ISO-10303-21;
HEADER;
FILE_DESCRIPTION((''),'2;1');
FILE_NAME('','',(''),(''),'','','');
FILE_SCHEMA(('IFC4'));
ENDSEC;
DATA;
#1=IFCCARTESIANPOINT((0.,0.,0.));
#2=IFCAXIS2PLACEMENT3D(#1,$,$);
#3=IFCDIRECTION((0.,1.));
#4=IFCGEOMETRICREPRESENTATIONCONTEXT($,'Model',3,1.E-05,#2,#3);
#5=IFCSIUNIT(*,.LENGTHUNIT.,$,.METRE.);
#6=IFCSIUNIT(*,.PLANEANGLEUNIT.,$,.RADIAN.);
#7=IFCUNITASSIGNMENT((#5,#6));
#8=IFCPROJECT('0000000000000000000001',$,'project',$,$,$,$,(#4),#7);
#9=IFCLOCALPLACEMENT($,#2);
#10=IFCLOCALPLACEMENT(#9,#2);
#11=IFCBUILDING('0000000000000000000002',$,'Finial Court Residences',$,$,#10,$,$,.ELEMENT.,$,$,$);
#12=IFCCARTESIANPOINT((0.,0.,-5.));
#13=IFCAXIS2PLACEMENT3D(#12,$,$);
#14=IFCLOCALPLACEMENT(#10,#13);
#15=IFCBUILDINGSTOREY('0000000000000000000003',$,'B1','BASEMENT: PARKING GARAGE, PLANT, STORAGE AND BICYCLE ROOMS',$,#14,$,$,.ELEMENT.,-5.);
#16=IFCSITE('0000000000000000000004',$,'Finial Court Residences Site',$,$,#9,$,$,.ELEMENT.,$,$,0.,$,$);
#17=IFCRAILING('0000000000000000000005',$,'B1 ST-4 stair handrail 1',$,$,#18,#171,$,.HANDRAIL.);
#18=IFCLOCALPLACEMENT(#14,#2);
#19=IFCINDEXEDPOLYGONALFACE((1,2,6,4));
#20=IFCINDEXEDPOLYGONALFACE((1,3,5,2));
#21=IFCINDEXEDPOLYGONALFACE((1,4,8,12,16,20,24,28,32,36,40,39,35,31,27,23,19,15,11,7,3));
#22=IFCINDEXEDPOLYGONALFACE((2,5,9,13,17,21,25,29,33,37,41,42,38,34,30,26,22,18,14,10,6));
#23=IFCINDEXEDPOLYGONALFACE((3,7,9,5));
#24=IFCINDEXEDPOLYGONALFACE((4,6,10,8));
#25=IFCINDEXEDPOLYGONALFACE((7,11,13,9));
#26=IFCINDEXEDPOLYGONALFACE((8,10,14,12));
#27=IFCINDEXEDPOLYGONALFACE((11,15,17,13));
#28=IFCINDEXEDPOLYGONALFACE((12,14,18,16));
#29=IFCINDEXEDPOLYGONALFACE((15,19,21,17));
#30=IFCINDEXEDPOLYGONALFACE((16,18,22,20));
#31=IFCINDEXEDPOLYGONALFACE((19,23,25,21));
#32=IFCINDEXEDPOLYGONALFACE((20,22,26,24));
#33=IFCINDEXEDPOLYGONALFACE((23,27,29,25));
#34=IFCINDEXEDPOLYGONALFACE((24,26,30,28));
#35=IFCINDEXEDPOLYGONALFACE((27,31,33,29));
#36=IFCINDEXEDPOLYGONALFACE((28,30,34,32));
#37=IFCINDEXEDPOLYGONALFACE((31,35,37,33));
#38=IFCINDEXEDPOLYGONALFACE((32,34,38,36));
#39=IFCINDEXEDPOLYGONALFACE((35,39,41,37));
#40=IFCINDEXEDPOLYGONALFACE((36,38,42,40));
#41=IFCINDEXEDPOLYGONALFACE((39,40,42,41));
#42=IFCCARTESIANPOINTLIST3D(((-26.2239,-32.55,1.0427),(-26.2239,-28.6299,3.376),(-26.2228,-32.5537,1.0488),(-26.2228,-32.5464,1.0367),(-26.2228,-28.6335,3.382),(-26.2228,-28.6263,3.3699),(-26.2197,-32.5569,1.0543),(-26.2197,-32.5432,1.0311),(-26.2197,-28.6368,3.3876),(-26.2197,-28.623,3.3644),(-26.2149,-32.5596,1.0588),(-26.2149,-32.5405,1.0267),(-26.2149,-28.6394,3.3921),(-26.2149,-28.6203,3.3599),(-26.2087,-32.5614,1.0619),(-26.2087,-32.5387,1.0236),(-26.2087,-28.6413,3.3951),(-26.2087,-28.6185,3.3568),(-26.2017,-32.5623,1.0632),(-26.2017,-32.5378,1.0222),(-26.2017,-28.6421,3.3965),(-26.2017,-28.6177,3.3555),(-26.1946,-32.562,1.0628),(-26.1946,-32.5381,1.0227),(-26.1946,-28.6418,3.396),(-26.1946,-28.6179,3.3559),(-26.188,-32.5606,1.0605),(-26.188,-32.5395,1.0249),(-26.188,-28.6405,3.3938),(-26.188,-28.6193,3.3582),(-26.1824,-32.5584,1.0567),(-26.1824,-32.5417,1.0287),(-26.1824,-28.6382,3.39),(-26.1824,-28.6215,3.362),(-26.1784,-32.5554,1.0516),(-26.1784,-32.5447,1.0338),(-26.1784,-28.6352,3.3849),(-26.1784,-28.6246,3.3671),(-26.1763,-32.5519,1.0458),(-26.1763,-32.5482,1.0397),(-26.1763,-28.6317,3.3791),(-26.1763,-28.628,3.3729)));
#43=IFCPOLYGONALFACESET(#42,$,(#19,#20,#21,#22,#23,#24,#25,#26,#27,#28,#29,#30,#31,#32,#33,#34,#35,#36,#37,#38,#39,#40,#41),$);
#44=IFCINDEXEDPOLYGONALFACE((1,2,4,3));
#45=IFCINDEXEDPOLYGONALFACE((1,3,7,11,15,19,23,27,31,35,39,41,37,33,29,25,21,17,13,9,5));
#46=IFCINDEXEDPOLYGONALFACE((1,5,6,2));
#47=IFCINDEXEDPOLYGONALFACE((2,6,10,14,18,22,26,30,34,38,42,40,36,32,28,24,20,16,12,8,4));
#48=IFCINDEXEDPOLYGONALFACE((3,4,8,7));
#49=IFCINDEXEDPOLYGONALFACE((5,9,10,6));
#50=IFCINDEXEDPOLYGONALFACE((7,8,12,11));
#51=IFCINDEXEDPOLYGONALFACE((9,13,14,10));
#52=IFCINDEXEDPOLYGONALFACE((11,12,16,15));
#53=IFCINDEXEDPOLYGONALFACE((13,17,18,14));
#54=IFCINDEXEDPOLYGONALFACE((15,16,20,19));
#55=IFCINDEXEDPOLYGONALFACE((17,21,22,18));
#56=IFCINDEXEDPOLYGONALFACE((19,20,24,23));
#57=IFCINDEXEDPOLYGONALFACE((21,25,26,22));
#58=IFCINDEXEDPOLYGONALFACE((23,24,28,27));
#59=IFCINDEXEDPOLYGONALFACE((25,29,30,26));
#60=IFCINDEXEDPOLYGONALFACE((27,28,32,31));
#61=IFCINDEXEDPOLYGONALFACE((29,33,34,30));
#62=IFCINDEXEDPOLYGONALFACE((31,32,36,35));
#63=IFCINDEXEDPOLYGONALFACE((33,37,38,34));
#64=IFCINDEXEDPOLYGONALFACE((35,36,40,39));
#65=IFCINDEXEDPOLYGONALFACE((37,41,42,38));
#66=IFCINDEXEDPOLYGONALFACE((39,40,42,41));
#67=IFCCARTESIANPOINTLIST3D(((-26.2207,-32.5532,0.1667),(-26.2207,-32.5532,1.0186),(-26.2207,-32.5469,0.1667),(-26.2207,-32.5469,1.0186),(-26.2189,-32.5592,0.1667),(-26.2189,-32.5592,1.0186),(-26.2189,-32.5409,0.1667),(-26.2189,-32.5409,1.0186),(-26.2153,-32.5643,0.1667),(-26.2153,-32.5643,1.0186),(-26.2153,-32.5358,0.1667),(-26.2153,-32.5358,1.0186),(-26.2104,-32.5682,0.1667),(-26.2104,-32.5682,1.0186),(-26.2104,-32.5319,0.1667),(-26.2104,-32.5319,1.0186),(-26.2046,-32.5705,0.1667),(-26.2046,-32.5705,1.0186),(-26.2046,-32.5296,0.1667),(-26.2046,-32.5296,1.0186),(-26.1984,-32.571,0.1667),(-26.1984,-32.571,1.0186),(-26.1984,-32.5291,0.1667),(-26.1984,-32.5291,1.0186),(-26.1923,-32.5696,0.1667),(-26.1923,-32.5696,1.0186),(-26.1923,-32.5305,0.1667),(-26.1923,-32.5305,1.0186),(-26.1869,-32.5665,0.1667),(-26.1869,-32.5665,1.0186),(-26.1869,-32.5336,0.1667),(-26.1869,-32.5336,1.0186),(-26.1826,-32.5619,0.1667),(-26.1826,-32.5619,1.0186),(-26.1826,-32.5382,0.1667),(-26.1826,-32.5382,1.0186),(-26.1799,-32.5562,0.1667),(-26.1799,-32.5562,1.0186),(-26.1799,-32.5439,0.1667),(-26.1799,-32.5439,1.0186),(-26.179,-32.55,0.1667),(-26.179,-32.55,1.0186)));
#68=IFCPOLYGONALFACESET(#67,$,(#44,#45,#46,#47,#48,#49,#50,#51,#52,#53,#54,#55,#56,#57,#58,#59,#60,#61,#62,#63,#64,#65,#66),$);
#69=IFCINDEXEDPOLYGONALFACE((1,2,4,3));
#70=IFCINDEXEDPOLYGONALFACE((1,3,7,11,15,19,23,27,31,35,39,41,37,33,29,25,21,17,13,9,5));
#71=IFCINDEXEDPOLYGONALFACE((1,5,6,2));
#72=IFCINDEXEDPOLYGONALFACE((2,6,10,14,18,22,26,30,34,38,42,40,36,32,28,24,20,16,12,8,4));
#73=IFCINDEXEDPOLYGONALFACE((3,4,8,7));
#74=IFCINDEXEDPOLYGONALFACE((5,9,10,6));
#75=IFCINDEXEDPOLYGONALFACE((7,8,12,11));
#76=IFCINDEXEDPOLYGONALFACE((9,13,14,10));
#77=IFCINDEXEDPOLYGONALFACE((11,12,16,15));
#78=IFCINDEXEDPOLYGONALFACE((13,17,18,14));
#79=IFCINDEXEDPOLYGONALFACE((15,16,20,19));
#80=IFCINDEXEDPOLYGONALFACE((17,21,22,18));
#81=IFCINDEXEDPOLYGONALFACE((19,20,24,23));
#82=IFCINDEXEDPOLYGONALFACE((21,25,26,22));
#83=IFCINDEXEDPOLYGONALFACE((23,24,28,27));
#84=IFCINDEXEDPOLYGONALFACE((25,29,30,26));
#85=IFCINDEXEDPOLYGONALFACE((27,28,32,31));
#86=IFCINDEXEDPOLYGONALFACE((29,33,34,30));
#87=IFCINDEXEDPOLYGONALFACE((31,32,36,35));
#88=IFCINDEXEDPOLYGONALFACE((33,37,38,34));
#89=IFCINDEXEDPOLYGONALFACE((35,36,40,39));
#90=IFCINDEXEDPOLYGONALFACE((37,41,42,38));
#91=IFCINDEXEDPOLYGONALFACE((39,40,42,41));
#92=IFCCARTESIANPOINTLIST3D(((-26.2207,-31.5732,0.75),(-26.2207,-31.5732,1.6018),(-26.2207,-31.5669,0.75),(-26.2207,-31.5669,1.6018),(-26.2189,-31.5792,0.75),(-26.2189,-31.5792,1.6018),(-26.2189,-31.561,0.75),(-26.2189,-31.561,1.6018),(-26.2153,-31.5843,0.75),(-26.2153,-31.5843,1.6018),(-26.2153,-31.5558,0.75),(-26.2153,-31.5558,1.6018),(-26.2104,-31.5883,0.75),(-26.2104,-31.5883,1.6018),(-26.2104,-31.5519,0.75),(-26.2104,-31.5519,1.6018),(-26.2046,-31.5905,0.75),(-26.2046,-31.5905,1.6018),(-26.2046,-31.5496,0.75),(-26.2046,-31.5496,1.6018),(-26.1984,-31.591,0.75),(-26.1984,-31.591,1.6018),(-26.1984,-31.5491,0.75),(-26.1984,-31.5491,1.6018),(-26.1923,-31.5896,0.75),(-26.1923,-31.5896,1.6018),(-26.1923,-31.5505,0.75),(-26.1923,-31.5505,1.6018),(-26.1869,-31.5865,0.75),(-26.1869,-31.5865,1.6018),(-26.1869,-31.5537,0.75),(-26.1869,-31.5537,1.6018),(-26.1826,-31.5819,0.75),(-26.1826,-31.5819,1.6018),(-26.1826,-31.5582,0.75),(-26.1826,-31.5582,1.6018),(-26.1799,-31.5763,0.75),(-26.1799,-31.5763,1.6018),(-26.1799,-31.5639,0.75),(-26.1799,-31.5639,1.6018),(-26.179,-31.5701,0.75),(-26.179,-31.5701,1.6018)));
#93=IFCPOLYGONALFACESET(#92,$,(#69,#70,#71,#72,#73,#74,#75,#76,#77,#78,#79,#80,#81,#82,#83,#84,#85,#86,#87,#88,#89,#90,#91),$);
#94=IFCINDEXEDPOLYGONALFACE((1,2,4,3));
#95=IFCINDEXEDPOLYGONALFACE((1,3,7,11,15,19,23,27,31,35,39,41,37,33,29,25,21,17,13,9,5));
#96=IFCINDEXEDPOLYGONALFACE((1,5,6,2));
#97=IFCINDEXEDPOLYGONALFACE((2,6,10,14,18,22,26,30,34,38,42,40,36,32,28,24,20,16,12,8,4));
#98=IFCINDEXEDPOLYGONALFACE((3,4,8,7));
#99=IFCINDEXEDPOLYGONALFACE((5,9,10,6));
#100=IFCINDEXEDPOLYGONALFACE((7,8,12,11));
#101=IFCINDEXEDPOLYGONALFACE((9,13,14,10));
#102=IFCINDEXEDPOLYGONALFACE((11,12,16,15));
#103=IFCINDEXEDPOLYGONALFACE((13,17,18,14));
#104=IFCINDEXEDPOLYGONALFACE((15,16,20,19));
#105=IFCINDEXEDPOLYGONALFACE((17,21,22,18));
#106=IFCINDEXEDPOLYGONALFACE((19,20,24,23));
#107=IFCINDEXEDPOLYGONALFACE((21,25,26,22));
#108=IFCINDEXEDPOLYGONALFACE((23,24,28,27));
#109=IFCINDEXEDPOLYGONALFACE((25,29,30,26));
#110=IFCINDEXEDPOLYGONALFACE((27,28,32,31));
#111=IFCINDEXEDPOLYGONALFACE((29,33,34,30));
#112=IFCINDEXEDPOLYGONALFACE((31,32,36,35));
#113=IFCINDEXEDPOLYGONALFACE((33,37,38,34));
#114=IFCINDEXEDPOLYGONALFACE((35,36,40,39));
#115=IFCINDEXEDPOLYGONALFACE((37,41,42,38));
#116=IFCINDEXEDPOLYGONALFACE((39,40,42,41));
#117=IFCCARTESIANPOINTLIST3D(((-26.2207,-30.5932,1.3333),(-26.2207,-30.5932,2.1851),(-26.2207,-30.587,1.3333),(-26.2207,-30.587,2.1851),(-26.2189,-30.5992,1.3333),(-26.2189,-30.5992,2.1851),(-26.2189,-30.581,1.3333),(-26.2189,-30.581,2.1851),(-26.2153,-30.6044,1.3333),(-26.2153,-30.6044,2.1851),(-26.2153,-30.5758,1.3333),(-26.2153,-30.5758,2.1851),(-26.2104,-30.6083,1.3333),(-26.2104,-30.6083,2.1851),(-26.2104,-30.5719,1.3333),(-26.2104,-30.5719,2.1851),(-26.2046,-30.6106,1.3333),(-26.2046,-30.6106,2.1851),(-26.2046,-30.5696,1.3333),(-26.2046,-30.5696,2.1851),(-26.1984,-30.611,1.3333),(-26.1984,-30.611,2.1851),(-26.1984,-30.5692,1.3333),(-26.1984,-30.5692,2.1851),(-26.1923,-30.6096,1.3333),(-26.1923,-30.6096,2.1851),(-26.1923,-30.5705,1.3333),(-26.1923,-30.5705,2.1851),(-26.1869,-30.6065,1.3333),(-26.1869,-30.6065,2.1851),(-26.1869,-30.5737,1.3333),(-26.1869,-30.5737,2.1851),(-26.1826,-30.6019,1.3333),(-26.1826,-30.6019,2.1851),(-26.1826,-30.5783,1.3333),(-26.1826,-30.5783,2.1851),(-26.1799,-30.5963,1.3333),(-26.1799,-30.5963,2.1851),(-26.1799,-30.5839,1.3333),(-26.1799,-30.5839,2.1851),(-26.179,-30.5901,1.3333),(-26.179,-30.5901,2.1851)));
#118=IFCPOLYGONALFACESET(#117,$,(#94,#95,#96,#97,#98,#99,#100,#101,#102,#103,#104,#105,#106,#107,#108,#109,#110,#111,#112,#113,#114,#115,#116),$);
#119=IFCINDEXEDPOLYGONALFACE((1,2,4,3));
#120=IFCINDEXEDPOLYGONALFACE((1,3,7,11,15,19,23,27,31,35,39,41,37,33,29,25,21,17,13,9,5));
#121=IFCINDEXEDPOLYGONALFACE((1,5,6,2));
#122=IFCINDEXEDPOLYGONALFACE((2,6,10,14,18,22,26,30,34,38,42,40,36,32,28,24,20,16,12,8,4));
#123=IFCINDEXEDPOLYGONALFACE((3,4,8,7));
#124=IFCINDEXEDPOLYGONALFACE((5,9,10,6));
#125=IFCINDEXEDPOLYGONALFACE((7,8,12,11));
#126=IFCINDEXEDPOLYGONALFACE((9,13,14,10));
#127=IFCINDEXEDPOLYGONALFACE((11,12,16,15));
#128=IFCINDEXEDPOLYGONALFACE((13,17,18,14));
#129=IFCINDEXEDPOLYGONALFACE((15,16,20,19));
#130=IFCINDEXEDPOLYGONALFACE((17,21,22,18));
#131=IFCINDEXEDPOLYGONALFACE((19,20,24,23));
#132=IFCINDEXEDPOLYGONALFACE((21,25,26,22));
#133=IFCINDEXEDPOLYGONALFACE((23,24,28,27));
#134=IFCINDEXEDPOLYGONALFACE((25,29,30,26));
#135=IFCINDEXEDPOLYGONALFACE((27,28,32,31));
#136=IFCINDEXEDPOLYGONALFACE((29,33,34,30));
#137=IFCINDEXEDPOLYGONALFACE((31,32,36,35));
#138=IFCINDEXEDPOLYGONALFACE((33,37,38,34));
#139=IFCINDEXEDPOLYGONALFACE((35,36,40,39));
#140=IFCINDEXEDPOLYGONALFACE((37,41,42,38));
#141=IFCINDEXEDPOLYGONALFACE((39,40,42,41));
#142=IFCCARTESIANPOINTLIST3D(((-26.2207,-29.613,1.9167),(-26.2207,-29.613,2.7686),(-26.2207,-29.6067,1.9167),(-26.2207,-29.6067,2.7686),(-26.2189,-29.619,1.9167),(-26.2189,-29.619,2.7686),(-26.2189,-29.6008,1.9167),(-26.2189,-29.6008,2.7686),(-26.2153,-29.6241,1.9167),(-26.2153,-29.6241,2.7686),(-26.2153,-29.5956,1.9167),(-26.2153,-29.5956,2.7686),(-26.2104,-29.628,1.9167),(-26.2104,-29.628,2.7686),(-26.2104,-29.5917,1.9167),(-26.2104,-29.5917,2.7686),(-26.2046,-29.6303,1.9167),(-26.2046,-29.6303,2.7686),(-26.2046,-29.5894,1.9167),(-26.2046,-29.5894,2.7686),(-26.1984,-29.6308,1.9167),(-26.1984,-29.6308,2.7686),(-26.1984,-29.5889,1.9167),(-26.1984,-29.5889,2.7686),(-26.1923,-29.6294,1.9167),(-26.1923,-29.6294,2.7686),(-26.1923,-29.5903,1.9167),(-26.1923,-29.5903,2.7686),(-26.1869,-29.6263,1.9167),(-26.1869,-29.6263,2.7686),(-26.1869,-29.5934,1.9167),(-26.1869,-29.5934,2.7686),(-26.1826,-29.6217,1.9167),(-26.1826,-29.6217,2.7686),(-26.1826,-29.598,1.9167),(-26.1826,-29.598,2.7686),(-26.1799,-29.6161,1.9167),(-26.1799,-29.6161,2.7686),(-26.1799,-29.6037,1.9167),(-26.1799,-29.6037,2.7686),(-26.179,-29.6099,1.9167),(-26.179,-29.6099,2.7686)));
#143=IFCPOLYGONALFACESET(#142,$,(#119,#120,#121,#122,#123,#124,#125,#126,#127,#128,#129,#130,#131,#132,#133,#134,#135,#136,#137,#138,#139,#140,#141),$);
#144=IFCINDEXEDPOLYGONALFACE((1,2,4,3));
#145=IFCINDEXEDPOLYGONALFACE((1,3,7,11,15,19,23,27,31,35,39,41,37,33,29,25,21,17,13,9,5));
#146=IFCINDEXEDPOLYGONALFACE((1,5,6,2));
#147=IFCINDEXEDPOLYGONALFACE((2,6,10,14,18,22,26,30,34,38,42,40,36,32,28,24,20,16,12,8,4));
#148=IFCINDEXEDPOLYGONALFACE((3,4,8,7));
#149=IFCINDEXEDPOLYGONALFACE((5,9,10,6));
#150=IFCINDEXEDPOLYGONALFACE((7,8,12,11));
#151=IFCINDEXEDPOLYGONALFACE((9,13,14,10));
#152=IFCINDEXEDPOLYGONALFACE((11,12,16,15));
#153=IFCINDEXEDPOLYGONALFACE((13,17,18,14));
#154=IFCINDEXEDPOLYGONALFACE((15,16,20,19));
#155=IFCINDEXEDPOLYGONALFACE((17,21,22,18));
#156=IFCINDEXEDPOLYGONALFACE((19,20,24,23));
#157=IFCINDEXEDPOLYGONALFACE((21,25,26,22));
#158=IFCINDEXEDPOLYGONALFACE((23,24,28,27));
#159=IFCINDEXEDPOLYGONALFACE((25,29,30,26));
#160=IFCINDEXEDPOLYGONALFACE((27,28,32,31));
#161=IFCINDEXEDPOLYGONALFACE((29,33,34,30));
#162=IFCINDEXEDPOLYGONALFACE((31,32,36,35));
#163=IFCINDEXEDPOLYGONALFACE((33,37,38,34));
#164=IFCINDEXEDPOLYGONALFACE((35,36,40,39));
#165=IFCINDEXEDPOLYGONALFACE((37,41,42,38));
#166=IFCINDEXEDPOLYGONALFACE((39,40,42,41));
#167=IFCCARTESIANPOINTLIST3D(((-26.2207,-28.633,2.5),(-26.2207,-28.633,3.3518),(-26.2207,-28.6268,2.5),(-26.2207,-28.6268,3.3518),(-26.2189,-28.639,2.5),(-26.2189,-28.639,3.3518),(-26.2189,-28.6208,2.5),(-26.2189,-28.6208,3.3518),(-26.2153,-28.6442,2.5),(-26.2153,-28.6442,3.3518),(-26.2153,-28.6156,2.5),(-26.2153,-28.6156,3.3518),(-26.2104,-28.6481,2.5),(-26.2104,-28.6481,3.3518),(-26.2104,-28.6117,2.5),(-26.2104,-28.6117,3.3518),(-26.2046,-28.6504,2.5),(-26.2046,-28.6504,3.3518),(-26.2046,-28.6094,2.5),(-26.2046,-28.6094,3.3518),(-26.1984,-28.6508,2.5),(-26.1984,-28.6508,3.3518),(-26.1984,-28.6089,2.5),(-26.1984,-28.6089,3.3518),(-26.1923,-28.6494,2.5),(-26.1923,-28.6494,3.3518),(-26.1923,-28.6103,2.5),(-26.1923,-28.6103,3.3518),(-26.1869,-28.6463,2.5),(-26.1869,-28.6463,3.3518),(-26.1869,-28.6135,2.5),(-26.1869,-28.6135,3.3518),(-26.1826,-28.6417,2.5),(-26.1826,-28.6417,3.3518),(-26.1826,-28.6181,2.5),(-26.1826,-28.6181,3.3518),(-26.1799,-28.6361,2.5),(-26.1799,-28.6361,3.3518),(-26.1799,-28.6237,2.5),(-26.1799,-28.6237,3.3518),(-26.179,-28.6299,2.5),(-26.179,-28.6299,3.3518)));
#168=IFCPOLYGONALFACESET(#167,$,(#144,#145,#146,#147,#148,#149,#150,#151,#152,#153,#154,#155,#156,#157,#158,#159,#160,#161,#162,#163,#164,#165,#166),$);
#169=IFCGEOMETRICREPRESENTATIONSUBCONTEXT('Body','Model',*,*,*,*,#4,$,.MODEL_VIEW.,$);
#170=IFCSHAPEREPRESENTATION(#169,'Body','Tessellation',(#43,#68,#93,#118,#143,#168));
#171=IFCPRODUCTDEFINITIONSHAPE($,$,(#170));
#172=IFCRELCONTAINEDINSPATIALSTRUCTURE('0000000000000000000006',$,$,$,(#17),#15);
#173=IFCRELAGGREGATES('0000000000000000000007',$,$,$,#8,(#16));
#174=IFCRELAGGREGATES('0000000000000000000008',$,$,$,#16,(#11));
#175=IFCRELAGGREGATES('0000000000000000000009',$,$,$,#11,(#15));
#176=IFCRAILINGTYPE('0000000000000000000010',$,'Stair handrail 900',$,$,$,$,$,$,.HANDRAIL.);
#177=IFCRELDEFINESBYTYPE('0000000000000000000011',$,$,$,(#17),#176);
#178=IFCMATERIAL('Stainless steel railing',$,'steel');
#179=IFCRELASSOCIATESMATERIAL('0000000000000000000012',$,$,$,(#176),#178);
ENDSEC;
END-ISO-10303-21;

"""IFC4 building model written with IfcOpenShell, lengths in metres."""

from ifc_helpers import new_model, si_unit, direction, frame, origin, origin_2d, place, context, subcontext, project, spatial, circle, extrude, material, type_object, element, save


model = new_model("IFC4")

# Units and contexts
model_context = context("Model", 3, precision=1e-05, world=origin(), true_north=direction((0.0, 1.0)))
body_context = subcontext(model_context, "Body", "Model", "MODEL_VIEW")
ifc_project = project(units=[si_unit("LENGTHUNIT", "METRE"), si_unit("PLANEANGLEUNIT", "RADIAN")], contexts=[model_context])

# Site, building, storey
site_placement = place(None, origin())
site = spatial("IfcSite", under=ifc_project, at=site_placement, Name="Finial Court Residences Site", CompositionType="ELEMENT", RefElevation=0.0)
building_placement = place(site_placement, origin())
building = spatial("IfcBuilding", under=site, at=building_placement, Name="Finial Court Residences", CompositionType="ELEMENT")
storey_placement = place(building_placement, frame((0.0, 0.0, -5.0)))
storey = spatial("IfcBuildingStorey", under=building, at=storey_placement, Name="B1", Description="BASEMENT: PARKING GARAGE, PLANT, STORAGE AND BICYCLE ROOMS", CompositionType="ELEMENT", Elevation=-5.0)

# Railing
ifc_material_1 = material(Name="Stainless steel railing", Category="steel")
railing_type_1 = type_object("IfcRailingType", Name="Stair handrail 900", PredefinedType="HANDRAIL", material=ifc_material_1)
railing_1_placement = place(storey_placement, frame((-26.2, -32.55, 0.1667)))
element("IfcRailing", 1, at=railing_1_placement, inside=storey, type_object=railing_type_1, Name="B1 ST-4 stair handrail 1", PredefinedType="HANDRAIL", context=body_context, shape_type="SweptSolid", body=[
    extrude(circle(Radius=0.0239, at=origin_2d()), frame((0.0, 0.0, 0.876), z_axis=(0.0, 0.85931, 0.511455), x_axis=(-1.0, 0.0, 0.0)), (0.0, 0.0, 1.0), 4.562),
    extrude(circle(Radius=0.021, at=origin_2d()), origin(), (0.0, 0.0, 1.0), 0.8518),
    extrude(circle(Radius=0.021, at=origin_2d()), frame((0.0, 0.98, 0.5833)), (0.0, 0.0, 1.0), 0.8518),
    extrude(circle(Radius=0.021, at=origin_2d()), frame((0.0, 1.96, 1.1665)), (0.0, 0.0, 1.0), 0.8518),
    extrude(circle(Radius=0.021, at=origin_2d()), frame((0.0, 2.9402, 1.75)), (0.0, 0.0, 1.0), 0.8518),
    extrude(circle(Radius=0.021, at=origin_2d()), frame((0.0, 3.9202, 2.3333)), (0.0, 0.0, 1.0), 0.8518),
])

save(model, "model.ifc")
